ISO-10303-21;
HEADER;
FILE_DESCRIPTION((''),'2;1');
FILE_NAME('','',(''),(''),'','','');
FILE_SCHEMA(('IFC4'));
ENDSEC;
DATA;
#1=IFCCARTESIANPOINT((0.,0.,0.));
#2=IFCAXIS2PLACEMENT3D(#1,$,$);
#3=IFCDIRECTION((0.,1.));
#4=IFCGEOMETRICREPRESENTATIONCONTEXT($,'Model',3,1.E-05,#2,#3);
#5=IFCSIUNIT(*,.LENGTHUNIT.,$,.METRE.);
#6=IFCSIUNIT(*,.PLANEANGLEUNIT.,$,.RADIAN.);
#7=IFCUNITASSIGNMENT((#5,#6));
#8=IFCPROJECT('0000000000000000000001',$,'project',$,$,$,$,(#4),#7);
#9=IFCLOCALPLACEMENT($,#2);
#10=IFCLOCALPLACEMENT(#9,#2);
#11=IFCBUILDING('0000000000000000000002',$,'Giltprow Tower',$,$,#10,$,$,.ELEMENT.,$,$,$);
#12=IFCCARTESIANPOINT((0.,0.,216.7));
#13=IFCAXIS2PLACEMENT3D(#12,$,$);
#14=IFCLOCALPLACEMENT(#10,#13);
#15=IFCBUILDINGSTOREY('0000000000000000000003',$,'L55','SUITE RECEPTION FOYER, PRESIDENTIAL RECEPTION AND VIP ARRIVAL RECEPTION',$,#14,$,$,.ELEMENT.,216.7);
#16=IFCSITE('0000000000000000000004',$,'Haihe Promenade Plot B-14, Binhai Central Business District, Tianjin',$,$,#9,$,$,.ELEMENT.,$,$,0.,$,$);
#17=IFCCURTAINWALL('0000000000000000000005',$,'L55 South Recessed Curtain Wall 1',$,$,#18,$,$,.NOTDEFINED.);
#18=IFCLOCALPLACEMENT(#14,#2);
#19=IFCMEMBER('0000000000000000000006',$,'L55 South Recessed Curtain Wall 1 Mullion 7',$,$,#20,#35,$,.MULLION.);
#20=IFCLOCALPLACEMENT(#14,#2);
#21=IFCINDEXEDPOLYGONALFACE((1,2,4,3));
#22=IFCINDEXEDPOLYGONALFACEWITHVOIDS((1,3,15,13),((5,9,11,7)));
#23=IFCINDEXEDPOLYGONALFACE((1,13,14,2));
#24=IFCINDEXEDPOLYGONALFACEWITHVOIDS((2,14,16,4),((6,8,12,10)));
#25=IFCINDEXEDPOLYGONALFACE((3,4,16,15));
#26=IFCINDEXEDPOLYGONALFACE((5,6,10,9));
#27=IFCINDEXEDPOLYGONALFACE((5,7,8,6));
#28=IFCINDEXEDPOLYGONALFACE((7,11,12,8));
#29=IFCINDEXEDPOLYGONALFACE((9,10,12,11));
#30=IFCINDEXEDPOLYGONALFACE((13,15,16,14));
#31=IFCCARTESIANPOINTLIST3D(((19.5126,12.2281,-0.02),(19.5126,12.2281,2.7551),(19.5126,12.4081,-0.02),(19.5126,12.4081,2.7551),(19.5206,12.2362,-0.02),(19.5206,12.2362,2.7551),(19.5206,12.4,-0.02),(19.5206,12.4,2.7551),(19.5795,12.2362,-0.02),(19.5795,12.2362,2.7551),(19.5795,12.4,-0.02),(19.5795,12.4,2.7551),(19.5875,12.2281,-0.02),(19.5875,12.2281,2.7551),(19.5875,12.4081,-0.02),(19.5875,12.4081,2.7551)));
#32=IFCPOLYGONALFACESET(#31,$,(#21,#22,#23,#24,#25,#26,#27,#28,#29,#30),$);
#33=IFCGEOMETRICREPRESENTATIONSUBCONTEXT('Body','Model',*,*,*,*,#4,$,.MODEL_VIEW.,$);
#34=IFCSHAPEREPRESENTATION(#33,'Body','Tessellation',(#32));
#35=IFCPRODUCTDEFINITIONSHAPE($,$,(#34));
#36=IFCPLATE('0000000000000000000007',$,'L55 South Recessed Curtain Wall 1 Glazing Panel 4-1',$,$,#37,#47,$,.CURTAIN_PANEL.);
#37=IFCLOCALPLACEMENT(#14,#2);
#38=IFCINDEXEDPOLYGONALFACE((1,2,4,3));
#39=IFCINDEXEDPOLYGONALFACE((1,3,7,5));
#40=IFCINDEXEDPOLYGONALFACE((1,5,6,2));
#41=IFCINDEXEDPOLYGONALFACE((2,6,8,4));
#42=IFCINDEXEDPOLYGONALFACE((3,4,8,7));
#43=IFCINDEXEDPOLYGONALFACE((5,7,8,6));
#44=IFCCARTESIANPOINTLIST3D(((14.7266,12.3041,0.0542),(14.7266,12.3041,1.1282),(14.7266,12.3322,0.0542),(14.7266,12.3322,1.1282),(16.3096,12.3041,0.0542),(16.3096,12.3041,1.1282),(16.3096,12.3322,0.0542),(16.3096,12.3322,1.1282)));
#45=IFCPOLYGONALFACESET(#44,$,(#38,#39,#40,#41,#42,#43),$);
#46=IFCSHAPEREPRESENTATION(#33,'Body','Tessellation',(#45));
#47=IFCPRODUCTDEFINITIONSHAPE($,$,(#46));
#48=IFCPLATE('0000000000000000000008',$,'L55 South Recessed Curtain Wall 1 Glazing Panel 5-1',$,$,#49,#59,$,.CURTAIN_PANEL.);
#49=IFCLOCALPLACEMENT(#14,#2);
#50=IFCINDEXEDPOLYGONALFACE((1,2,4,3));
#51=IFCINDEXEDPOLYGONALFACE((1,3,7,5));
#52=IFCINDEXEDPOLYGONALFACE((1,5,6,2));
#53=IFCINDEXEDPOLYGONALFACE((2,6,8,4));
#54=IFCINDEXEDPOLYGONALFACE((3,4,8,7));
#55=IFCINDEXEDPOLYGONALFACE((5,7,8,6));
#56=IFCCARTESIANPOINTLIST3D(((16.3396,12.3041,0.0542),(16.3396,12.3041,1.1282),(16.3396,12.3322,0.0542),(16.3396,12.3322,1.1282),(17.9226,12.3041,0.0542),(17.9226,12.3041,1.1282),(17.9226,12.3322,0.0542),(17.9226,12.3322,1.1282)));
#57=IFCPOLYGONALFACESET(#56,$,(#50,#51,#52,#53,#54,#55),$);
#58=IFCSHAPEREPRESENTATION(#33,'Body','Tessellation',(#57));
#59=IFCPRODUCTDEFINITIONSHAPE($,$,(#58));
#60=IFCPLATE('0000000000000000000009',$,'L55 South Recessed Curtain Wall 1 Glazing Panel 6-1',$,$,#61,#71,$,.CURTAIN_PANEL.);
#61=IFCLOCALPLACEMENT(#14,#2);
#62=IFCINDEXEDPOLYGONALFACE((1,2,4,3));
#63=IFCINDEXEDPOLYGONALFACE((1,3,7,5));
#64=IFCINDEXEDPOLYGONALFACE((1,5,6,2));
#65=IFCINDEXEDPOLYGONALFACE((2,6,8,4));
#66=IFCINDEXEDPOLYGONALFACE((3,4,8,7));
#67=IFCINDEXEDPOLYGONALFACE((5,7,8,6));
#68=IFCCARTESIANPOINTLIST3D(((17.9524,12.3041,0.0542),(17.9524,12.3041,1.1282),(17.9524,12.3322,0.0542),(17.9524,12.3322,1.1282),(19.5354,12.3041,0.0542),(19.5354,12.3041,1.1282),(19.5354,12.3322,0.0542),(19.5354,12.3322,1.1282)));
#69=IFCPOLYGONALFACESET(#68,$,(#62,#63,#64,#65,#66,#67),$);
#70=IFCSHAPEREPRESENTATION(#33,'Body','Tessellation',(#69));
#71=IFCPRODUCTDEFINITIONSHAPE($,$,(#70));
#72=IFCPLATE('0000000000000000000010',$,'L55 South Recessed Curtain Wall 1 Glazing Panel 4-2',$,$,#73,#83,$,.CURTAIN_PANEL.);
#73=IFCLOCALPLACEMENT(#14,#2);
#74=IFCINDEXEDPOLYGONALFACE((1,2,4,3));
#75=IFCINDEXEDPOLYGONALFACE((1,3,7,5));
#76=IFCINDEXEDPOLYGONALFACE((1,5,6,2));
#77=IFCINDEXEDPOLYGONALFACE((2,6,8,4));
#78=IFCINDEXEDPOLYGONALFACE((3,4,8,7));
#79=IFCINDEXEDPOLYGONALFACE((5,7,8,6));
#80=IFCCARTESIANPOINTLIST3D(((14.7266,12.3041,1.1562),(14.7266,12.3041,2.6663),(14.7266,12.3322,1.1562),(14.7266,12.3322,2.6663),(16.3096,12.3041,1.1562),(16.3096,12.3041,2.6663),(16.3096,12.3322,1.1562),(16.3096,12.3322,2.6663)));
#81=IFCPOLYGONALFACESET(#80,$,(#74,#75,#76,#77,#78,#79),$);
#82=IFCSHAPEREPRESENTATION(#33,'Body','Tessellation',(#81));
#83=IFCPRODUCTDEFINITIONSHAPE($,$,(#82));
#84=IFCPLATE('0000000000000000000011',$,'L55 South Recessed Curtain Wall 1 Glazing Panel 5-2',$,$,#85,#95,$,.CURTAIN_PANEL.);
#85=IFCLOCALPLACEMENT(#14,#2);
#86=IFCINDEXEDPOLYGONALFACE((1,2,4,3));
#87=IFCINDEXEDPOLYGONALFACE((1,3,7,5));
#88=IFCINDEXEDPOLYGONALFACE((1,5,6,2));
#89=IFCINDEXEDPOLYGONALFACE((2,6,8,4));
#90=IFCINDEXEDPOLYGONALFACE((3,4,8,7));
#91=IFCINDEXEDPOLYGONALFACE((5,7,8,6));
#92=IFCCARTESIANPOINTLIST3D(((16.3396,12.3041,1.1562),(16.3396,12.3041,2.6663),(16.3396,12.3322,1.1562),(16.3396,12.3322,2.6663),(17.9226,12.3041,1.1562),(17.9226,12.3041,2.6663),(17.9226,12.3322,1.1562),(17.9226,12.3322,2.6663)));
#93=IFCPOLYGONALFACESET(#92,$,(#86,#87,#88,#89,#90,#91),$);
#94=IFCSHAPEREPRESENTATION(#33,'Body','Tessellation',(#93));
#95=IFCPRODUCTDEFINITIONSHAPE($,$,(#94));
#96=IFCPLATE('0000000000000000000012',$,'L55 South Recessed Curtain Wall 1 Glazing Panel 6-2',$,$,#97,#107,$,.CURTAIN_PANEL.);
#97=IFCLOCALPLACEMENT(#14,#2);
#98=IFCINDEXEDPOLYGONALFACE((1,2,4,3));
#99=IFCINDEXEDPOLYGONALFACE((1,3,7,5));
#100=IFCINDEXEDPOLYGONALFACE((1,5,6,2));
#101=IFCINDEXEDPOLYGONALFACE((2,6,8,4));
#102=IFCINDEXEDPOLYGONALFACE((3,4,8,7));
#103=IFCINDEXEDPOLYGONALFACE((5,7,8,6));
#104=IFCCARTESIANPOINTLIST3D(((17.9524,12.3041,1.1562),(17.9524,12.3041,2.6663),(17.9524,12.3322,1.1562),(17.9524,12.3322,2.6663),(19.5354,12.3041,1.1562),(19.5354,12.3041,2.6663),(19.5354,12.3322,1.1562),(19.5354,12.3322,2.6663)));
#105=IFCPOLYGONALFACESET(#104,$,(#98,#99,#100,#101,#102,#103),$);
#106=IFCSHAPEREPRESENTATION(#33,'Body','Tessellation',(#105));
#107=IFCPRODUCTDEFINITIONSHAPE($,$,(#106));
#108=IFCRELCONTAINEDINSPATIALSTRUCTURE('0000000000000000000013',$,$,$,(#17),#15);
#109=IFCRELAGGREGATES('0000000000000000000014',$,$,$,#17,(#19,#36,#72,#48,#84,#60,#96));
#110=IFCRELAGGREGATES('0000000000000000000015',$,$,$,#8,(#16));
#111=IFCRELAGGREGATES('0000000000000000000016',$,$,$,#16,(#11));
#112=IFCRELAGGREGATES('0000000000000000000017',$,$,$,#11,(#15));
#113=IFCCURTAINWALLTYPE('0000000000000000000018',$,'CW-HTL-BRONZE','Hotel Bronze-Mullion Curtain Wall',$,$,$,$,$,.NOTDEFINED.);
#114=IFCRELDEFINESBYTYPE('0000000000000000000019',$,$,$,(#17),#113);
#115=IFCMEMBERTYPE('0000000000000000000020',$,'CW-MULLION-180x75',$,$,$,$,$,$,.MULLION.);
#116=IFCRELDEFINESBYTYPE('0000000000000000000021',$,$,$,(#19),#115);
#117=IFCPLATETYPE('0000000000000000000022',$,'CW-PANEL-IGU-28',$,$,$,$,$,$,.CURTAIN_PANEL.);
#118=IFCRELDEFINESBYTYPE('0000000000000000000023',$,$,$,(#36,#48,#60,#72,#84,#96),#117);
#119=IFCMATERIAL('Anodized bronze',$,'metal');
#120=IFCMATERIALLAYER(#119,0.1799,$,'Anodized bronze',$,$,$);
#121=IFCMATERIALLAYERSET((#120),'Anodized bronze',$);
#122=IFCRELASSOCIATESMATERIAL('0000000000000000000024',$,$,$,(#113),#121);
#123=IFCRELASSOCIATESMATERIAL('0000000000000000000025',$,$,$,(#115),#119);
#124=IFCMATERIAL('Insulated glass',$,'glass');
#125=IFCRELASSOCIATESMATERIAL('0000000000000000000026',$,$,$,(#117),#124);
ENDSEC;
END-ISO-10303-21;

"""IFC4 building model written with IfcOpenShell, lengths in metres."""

from ifc_helpers import new_model, si_unit, direction, frame, origin, origin_2d, place, context, subcontext, project, spatial, rectangle, hollow_rectangle, extrude, source, transform, mapped, material, layer, layer_set, material_profile, profile_set, type_object, element, aggregate, save


model = new_model("IFC4")

# Units and contexts
model_context = context("Model", 3, precision=1e-05, world=origin(), true_north=direction((0.0, 1.0)))
body_context = subcontext(model_context, "Body", "Model", "MODEL_VIEW")
ifc_project = project(units=[si_unit("LENGTHUNIT", "METRE"), si_unit("PLANEANGLEUNIT", "RADIAN")], contexts=[model_context])

# Site, building, storey
site_placement = place(None, origin())
site = spatial("IfcSite", under=ifc_project, at=site_placement, Name="Haihe Promenade Plot B-14, Binhai Central Business District, Tianjin", CompositionType="ELEMENT", RefElevation=0.0)
building_placement = place(site_placement, origin())
building = spatial("IfcBuilding", under=site, at=building_placement, Name="Giltprow Tower", CompositionType="ELEMENT")
storey_placement = place(building_placement, frame((0.0, 0.0, 216.7)))
storey = spatial("IfcBuildingStorey", under=building, at=storey_placement, Name="L55", Description="SUITE RECEPTION FOYER, PRESIDENTIAL RECEPTION AND VIP ARRIVAL RECEPTION", CompositionType="ELEMENT", Elevation=216.7)

# Curtain wall, member, plates
ifc_material_1 = material(Name="Anodized bronze", Category="metal")
ifc_layer = layer(ifc_material_1, 0.1799, Name="Anodized bronze")
ifc_layer_set = layer_set([ifc_layer], Name="Anodized bronze")
curtain_wall_type = type_object("IfcCurtainWallType", Name="CW-HTL-BRONZE", Description="Hotel Bronze-Mullion Curtain Wall", PredefinedType="NOTDEFINED", material=ifc_layer_set)
curtain_wall_placement = place(storey_placement, origin())
curtain_wall = element("IfcCurtainWall", 1, at=curtain_wall_placement, inside=storey, type_object=curtain_wall_type, Name="L55 South Recessed Curtain Wall 1", PredefinedType="NOTDEFINED")
ifc_material_profile_1 = material_profile(ifc_material_1, hollow_rectangle(XDim=0.075, YDim=0.1799, WallThickness=0.0081, at=origin_2d()), Name="RHS 180x75x8")
ifc_profile_set_1 = profile_set([ifc_material_profile_1], Name="Anodized bronze")
member_type = type_object("IfcMemberType", Name="CW-MULLION-180x75", PredefinedType="MULLION", material=ifc_profile_set_1)
shared_shape_1 = source(origin(), body_context, "Body", "SweptSolid", [
    extrude(hollow_rectangle(XDim=0.075, YDim=0.1799, WallThickness=0.0081, at=origin_2d()), origin(), (0.0, 0.0, 1.0), 2.7751),
])
member_1_placement = place(storey_placement, frame((19.55, 12.3181, -0.02), z_axis=(0.0, 0.0, 1.0), x_axis=(1.0, 0.0, 0.0)))
member_1 = element("IfcMember", 2, at=member_1_placement, type_object=member_type, Name="L55 South Recessed Curtain Wall 1 Mullion 7", PredefinedType="MULLION", context=body_context, shape_type="MappedRepresentation", body=[
    mapped(shared_shape_1, transform((0.0, 0.0, 0.0), x_axis=(1.0, 0.0, 0.0), y_axis=(0.0, 1.0, 0.0), z_axis=(0.0, 0.0, 1.0), scale=1.0)),
])
ifc_material_2 = material(Name="Insulated glass", Category="glass")
plate_type = type_object("IfcPlateType", Name="CW-PANEL-IGU-28", PredefinedType="CURTAIN_PANEL", material=ifc_material_2)
shared_shape_2 = source(origin(), body_context, "Body", "SweptSolid", [
    extrude(rectangle(XDim=1.583, YDim=0.0281, at=origin_2d()), origin(), (0.0, 0.0, 1.0), 1.074),
])
plate_1_placement = place(storey_placement, frame((15.5181, 12.3181, 0.0542), z_axis=(0.0, 0.0, 1.0), x_axis=(1.0, 0.0, 0.0)))
plate_1 = element("IfcPlate", 3, at=plate_1_placement, type_object=plate_type, Name="L55 South Recessed Curtain Wall 1 Glazing Panel 4-1", PredefinedType="CURTAIN_PANEL", context=body_context, shape_type="MappedRepresentation", body=[
    mapped(shared_shape_2, transform((0.0, 0.0, 0.0), x_axis=(1.0, 0.0, 0.0), y_axis=(0.0, 1.0, 0.0), z_axis=(0.0, 0.0, 1.0), scale=1.0)),
])
plate_2_placement = place(storey_placement, frame((17.1311, 12.3181, 0.0542), z_axis=(0.0, 0.0, 1.0), x_axis=(1.0, 0.0, 0.0)))
plate_2 = element("IfcPlate", 4, at=plate_2_placement, type_object=plate_type, Name="L55 South Recessed Curtain Wall 1 Glazing Panel 5-1", PredefinedType="CURTAIN_PANEL", context=body_context, shape_type="MappedRepresentation", body=[
    mapped(shared_shape_2, transform((0.0, 0.0, 0.0), x_axis=(1.0, 0.0, 0.0), y_axis=(0.0, 1.0, 0.0), z_axis=(0.0, 0.0, 1.0), scale=1.0)),
])
plate_3_placement = place(storey_placement, frame((18.7439, 12.3181, 0.0542), z_axis=(0.0, 0.0, 1.0), x_axis=(1.0, 0.0, 0.0)))
plate_3 = element("IfcPlate", 5, at=plate_3_placement, type_object=plate_type, Name="L55 South Recessed Curtain Wall 1 Glazing Panel 6-1", PredefinedType="CURTAIN_PANEL", context=body_context, shape_type="MappedRepresentation", body=[
    mapped(shared_shape_2, transform((0.0, 0.0, 0.0), x_axis=(1.0, 0.0, 0.0), y_axis=(0.0, 1.0, 0.0), z_axis=(0.0, 0.0, 1.0), scale=1.0)),
])
shared_shape_3 = source(origin(), body_context, "Body", "SweptSolid", [
    extrude(rectangle(XDim=1.583, YDim=0.0281, at=origin_2d()), origin(), (0.0, 0.0, 1.0), 1.51),
])
plate_4_placement = place(storey_placement, frame((15.5181, 12.3181, 1.1562), z_axis=(0.0, 0.0, 1.0), x_axis=(1.0, 0.0, 0.0)))
plate_4 = element("IfcPlate", 6, at=plate_4_placement, type_object=plate_type, Name="L55 South Recessed Curtain Wall 1 Glazing Panel 4-2", PredefinedType="CURTAIN_PANEL", context=body_context, shape_type="MappedRepresentation", body=[
    mapped(shared_shape_3, transform((0.0, 0.0, 0.0), x_axis=(1.0, 0.0, 0.0), y_axis=(0.0, 1.0, 0.0), z_axis=(0.0, 0.0, 1.0), scale=1.0)),
])
plate_5_placement = place(storey_placement, frame((17.1311, 12.3181, 1.1562), z_axis=(0.0, 0.0, 1.0), x_axis=(1.0, 0.0, 0.0)))
plate_5 = element("IfcPlate", 7, at=plate_5_placement, type_object=plate_type, Name="L55 South Recessed Curtain Wall 1 Glazing Panel 5-2", PredefinedType="CURTAIN_PANEL", context=body_context, shape_type="MappedRepresentation", body=[
    mapped(shared_shape_3, transform((0.0, 0.0, 0.0), x_axis=(1.0, 0.0, 0.0), y_axis=(0.0, 1.0, 0.0), z_axis=(0.0, 0.0, 1.0), scale=1.0)),
])
plate_6_placement = place(storey_placement, frame((18.7439, 12.3181, 1.1562), z_axis=(0.0, 0.0, 1.0), x_axis=(1.0, 0.0, 0.0)))
plate_6 = element("IfcPlate", 8, at=plate_6_placement, type_object=plate_type, Name="L55 South Recessed Curtain Wall 1 Glazing Panel 6-2", PredefinedType="CURTAIN_PANEL", context=body_context, shape_type="MappedRepresentation", body=[
    mapped(shared_shape_3, transform((0.0, 0.0, 0.0), x_axis=(1.0, 0.0, 0.0), y_axis=(0.0, 1.0, 0.0), z_axis=(0.0, 0.0, 1.0), scale=1.0)),
])
aggregate(curtain_wall, [member_1, plate_1, plate_4, plate_2, plate_5, plate_3, plate_6])

save(model, "model.ifc")
